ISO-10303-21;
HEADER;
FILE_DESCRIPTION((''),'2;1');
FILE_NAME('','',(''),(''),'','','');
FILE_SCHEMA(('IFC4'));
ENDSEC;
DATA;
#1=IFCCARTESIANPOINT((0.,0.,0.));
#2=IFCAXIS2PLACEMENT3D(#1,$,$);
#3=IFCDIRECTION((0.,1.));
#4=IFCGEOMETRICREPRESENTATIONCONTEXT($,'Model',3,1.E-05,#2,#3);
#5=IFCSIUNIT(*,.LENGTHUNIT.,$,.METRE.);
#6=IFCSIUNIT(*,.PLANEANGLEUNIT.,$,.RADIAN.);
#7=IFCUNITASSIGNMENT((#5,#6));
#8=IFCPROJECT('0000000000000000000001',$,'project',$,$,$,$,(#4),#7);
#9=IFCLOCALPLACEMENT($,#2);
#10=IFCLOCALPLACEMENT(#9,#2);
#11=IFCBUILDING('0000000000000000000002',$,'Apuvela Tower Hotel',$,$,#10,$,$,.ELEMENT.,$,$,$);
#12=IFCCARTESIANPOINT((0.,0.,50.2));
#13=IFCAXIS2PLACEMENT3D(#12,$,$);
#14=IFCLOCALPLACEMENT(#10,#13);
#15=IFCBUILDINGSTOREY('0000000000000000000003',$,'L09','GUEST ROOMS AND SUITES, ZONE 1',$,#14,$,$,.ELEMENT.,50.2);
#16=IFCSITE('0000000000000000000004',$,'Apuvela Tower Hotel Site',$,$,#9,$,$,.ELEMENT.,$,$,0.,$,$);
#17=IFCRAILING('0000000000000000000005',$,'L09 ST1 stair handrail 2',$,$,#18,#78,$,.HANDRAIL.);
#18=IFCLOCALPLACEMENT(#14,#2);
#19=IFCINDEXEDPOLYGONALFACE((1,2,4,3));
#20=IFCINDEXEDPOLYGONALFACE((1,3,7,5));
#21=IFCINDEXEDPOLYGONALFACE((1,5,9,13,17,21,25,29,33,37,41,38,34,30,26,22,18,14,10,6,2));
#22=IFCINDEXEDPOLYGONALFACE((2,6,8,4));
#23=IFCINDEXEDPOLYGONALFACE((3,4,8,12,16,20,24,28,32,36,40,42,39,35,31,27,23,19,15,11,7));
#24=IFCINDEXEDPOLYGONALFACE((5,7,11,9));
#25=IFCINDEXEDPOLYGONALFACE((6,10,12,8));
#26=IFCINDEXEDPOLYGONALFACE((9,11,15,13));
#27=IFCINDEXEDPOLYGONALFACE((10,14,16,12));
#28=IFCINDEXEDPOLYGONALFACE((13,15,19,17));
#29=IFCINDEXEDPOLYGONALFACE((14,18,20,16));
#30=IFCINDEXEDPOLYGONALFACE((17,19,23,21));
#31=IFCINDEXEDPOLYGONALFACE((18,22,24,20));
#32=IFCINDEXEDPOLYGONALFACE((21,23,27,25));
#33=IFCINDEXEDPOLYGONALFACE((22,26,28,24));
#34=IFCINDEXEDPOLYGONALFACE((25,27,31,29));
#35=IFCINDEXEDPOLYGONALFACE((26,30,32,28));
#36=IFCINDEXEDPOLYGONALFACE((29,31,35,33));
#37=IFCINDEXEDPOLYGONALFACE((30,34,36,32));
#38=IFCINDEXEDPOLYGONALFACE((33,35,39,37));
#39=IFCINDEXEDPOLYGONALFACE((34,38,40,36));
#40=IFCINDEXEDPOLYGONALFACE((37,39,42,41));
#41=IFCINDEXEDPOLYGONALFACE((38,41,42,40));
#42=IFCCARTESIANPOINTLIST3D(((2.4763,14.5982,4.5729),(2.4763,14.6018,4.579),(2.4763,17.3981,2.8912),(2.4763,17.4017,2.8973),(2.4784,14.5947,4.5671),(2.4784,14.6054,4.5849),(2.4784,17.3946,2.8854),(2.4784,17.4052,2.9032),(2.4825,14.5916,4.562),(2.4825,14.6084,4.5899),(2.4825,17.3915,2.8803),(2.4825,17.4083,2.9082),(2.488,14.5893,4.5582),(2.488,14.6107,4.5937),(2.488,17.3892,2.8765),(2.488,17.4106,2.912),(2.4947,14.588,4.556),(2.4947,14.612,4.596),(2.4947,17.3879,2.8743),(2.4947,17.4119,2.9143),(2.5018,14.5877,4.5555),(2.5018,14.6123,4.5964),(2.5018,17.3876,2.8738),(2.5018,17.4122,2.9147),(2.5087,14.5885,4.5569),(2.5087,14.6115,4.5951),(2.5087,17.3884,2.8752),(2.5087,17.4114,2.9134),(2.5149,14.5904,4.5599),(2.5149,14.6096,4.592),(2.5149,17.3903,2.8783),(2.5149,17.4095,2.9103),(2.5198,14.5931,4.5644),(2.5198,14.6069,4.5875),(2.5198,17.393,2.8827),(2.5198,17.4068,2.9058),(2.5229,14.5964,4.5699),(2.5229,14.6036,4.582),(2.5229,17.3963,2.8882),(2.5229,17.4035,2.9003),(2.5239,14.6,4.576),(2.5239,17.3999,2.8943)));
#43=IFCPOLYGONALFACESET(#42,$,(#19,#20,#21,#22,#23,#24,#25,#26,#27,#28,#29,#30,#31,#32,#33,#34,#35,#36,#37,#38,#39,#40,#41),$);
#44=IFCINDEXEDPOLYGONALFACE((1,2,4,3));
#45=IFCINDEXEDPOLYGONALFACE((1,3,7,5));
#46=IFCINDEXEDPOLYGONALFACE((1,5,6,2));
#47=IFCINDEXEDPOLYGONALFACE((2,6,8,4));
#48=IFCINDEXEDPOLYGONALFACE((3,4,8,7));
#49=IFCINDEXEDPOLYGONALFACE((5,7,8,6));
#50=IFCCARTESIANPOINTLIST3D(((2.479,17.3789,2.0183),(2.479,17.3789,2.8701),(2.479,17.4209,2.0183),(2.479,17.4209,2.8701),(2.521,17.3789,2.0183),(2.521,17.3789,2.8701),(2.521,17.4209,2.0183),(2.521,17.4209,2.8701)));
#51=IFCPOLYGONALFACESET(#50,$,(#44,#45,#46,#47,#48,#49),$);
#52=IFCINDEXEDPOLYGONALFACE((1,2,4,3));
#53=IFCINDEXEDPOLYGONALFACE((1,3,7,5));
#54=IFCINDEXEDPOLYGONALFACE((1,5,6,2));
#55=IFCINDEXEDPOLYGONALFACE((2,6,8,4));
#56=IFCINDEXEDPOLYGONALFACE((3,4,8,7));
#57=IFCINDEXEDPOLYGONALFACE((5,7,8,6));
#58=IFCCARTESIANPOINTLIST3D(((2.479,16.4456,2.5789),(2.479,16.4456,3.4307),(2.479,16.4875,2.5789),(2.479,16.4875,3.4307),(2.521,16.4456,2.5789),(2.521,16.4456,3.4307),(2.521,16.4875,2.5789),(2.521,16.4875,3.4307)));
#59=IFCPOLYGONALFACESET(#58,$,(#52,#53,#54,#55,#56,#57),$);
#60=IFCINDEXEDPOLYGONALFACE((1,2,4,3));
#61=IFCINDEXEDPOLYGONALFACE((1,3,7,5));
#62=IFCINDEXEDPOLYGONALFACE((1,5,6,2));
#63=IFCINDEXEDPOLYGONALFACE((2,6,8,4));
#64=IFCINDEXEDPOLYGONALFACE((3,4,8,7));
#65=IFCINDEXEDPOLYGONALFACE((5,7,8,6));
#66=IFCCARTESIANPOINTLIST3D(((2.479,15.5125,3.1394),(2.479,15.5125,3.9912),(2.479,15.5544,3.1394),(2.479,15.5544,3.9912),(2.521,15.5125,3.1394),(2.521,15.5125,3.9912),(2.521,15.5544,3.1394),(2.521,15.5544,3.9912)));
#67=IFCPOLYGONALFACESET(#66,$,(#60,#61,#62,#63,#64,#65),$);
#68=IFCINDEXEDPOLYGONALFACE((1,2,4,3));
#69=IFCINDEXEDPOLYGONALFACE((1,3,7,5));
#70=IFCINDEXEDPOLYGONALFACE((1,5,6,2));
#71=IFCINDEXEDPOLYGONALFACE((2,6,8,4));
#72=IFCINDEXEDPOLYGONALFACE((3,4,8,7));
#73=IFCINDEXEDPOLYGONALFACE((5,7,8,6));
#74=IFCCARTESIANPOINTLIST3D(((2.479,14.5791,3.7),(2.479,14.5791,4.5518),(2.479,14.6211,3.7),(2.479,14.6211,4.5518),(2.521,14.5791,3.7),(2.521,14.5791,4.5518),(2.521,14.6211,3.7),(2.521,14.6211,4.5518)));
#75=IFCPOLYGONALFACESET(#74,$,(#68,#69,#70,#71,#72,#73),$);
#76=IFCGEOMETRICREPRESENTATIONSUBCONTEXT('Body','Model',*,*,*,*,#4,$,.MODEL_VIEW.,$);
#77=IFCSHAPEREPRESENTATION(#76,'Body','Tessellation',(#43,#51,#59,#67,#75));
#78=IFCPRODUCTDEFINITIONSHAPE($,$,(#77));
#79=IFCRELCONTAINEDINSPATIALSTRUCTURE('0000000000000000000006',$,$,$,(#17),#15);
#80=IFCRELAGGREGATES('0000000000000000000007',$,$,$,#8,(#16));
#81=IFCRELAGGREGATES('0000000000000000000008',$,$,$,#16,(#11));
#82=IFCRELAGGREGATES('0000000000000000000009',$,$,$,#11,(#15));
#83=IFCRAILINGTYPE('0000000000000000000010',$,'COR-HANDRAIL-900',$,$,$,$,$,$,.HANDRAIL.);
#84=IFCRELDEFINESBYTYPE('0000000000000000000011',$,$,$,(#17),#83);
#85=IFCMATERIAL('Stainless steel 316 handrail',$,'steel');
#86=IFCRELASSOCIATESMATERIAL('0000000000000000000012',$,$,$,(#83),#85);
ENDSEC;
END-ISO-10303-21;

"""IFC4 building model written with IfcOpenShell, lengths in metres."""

from ifc_helpers import new_model, si_unit, direction, frame, origin, origin_2d, place, context, subcontext, project, spatial, rectangle, circle, extrude, material, type_object, element, save


model = new_model("IFC4")

# Units and contexts
model_context = context("Model", 3, precision=1e-05, world=origin(), true_north=direction((0.0, 1.0)))
body_context = subcontext(model_context, "Body", "Model", "MODEL_VIEW")
ifc_project = project(units=[si_unit("LENGTHUNIT", "METRE"), si_unit("PLANEANGLEUNIT", "RADIAN")], contexts=[model_context])

# Site, building, storey
site_placement = place(None, origin())
site = spatial("IfcSite", under=ifc_project, at=site_placement, Name="Apuvela Tower Hotel Site", CompositionType="ELEMENT", RefElevation=0.0)
building_placement = place(site_placement, origin())
building = spatial("IfcBuilding", under=site, at=building_placement, Name="Apuvela Tower Hotel", CompositionType="ELEMENT")
storey_placement = place(building_placement, frame((0.0, 0.0, 50.2)))
storey = spatial("IfcBuildingStorey", under=building, at=storey_placement, Name="L09", Description="GUEST ROOMS AND SUITES, ZONE 1", CompositionType="ELEMENT", Elevation=50.2)

# Railing
ifc_material_1 = material(Name="Stainless steel 316 handrail", Category="steel")
railing_type_1 = type_object("IfcRailingType", Name="COR-HANDRAIL-900", PredefinedType="HANDRAIL", material=ifc_material_1)
railing_1_placement = place(storey_placement, frame((2.5, 17.3999, 2.0183)))
element("IfcRailing", 1, at=railing_1_placement, inside=storey, type_object=railing_type_1, Name="L09 ST1 stair handrail 2", PredefinedType="HANDRAIL", context=body_context, shape_type="SweptSolid", body=[
    extrude(circle(Radius=0.0239, at=origin_2d()), frame((0.0, 0.0, 0.876), z_axis=(0.0, -0.857255, 0.514891), x_axis=(1.0, 0.0, 0.0)), (0.0, 0.0, 1.0), 3.2661),
    extrude(rectangle(XDim=0.042, YDim=0.042, at=origin_2d()), origin(), (0.0, 0.0, 1.0), 0.8518),
    extrude(rectangle(XDim=0.042, YDim=0.042, at=origin_2d()), frame((0.0, -0.9333, 0.5605)), (0.0, 0.0, 1.0), 0.8518),
    extrude(rectangle(XDim=0.042, YDim=0.042, at=origin_2d()), frame((0.0, -1.8665, 1.1211)), (0.0, 0.0, 1.0), 0.8518),
    extrude(rectangle(XDim=0.042, YDim=0.042, at=origin_2d()), frame((0.0, -2.7998, 1.6816)), (0.0, 0.0, 1.0), 0.8518),
])

save(model, "model.ifc")
